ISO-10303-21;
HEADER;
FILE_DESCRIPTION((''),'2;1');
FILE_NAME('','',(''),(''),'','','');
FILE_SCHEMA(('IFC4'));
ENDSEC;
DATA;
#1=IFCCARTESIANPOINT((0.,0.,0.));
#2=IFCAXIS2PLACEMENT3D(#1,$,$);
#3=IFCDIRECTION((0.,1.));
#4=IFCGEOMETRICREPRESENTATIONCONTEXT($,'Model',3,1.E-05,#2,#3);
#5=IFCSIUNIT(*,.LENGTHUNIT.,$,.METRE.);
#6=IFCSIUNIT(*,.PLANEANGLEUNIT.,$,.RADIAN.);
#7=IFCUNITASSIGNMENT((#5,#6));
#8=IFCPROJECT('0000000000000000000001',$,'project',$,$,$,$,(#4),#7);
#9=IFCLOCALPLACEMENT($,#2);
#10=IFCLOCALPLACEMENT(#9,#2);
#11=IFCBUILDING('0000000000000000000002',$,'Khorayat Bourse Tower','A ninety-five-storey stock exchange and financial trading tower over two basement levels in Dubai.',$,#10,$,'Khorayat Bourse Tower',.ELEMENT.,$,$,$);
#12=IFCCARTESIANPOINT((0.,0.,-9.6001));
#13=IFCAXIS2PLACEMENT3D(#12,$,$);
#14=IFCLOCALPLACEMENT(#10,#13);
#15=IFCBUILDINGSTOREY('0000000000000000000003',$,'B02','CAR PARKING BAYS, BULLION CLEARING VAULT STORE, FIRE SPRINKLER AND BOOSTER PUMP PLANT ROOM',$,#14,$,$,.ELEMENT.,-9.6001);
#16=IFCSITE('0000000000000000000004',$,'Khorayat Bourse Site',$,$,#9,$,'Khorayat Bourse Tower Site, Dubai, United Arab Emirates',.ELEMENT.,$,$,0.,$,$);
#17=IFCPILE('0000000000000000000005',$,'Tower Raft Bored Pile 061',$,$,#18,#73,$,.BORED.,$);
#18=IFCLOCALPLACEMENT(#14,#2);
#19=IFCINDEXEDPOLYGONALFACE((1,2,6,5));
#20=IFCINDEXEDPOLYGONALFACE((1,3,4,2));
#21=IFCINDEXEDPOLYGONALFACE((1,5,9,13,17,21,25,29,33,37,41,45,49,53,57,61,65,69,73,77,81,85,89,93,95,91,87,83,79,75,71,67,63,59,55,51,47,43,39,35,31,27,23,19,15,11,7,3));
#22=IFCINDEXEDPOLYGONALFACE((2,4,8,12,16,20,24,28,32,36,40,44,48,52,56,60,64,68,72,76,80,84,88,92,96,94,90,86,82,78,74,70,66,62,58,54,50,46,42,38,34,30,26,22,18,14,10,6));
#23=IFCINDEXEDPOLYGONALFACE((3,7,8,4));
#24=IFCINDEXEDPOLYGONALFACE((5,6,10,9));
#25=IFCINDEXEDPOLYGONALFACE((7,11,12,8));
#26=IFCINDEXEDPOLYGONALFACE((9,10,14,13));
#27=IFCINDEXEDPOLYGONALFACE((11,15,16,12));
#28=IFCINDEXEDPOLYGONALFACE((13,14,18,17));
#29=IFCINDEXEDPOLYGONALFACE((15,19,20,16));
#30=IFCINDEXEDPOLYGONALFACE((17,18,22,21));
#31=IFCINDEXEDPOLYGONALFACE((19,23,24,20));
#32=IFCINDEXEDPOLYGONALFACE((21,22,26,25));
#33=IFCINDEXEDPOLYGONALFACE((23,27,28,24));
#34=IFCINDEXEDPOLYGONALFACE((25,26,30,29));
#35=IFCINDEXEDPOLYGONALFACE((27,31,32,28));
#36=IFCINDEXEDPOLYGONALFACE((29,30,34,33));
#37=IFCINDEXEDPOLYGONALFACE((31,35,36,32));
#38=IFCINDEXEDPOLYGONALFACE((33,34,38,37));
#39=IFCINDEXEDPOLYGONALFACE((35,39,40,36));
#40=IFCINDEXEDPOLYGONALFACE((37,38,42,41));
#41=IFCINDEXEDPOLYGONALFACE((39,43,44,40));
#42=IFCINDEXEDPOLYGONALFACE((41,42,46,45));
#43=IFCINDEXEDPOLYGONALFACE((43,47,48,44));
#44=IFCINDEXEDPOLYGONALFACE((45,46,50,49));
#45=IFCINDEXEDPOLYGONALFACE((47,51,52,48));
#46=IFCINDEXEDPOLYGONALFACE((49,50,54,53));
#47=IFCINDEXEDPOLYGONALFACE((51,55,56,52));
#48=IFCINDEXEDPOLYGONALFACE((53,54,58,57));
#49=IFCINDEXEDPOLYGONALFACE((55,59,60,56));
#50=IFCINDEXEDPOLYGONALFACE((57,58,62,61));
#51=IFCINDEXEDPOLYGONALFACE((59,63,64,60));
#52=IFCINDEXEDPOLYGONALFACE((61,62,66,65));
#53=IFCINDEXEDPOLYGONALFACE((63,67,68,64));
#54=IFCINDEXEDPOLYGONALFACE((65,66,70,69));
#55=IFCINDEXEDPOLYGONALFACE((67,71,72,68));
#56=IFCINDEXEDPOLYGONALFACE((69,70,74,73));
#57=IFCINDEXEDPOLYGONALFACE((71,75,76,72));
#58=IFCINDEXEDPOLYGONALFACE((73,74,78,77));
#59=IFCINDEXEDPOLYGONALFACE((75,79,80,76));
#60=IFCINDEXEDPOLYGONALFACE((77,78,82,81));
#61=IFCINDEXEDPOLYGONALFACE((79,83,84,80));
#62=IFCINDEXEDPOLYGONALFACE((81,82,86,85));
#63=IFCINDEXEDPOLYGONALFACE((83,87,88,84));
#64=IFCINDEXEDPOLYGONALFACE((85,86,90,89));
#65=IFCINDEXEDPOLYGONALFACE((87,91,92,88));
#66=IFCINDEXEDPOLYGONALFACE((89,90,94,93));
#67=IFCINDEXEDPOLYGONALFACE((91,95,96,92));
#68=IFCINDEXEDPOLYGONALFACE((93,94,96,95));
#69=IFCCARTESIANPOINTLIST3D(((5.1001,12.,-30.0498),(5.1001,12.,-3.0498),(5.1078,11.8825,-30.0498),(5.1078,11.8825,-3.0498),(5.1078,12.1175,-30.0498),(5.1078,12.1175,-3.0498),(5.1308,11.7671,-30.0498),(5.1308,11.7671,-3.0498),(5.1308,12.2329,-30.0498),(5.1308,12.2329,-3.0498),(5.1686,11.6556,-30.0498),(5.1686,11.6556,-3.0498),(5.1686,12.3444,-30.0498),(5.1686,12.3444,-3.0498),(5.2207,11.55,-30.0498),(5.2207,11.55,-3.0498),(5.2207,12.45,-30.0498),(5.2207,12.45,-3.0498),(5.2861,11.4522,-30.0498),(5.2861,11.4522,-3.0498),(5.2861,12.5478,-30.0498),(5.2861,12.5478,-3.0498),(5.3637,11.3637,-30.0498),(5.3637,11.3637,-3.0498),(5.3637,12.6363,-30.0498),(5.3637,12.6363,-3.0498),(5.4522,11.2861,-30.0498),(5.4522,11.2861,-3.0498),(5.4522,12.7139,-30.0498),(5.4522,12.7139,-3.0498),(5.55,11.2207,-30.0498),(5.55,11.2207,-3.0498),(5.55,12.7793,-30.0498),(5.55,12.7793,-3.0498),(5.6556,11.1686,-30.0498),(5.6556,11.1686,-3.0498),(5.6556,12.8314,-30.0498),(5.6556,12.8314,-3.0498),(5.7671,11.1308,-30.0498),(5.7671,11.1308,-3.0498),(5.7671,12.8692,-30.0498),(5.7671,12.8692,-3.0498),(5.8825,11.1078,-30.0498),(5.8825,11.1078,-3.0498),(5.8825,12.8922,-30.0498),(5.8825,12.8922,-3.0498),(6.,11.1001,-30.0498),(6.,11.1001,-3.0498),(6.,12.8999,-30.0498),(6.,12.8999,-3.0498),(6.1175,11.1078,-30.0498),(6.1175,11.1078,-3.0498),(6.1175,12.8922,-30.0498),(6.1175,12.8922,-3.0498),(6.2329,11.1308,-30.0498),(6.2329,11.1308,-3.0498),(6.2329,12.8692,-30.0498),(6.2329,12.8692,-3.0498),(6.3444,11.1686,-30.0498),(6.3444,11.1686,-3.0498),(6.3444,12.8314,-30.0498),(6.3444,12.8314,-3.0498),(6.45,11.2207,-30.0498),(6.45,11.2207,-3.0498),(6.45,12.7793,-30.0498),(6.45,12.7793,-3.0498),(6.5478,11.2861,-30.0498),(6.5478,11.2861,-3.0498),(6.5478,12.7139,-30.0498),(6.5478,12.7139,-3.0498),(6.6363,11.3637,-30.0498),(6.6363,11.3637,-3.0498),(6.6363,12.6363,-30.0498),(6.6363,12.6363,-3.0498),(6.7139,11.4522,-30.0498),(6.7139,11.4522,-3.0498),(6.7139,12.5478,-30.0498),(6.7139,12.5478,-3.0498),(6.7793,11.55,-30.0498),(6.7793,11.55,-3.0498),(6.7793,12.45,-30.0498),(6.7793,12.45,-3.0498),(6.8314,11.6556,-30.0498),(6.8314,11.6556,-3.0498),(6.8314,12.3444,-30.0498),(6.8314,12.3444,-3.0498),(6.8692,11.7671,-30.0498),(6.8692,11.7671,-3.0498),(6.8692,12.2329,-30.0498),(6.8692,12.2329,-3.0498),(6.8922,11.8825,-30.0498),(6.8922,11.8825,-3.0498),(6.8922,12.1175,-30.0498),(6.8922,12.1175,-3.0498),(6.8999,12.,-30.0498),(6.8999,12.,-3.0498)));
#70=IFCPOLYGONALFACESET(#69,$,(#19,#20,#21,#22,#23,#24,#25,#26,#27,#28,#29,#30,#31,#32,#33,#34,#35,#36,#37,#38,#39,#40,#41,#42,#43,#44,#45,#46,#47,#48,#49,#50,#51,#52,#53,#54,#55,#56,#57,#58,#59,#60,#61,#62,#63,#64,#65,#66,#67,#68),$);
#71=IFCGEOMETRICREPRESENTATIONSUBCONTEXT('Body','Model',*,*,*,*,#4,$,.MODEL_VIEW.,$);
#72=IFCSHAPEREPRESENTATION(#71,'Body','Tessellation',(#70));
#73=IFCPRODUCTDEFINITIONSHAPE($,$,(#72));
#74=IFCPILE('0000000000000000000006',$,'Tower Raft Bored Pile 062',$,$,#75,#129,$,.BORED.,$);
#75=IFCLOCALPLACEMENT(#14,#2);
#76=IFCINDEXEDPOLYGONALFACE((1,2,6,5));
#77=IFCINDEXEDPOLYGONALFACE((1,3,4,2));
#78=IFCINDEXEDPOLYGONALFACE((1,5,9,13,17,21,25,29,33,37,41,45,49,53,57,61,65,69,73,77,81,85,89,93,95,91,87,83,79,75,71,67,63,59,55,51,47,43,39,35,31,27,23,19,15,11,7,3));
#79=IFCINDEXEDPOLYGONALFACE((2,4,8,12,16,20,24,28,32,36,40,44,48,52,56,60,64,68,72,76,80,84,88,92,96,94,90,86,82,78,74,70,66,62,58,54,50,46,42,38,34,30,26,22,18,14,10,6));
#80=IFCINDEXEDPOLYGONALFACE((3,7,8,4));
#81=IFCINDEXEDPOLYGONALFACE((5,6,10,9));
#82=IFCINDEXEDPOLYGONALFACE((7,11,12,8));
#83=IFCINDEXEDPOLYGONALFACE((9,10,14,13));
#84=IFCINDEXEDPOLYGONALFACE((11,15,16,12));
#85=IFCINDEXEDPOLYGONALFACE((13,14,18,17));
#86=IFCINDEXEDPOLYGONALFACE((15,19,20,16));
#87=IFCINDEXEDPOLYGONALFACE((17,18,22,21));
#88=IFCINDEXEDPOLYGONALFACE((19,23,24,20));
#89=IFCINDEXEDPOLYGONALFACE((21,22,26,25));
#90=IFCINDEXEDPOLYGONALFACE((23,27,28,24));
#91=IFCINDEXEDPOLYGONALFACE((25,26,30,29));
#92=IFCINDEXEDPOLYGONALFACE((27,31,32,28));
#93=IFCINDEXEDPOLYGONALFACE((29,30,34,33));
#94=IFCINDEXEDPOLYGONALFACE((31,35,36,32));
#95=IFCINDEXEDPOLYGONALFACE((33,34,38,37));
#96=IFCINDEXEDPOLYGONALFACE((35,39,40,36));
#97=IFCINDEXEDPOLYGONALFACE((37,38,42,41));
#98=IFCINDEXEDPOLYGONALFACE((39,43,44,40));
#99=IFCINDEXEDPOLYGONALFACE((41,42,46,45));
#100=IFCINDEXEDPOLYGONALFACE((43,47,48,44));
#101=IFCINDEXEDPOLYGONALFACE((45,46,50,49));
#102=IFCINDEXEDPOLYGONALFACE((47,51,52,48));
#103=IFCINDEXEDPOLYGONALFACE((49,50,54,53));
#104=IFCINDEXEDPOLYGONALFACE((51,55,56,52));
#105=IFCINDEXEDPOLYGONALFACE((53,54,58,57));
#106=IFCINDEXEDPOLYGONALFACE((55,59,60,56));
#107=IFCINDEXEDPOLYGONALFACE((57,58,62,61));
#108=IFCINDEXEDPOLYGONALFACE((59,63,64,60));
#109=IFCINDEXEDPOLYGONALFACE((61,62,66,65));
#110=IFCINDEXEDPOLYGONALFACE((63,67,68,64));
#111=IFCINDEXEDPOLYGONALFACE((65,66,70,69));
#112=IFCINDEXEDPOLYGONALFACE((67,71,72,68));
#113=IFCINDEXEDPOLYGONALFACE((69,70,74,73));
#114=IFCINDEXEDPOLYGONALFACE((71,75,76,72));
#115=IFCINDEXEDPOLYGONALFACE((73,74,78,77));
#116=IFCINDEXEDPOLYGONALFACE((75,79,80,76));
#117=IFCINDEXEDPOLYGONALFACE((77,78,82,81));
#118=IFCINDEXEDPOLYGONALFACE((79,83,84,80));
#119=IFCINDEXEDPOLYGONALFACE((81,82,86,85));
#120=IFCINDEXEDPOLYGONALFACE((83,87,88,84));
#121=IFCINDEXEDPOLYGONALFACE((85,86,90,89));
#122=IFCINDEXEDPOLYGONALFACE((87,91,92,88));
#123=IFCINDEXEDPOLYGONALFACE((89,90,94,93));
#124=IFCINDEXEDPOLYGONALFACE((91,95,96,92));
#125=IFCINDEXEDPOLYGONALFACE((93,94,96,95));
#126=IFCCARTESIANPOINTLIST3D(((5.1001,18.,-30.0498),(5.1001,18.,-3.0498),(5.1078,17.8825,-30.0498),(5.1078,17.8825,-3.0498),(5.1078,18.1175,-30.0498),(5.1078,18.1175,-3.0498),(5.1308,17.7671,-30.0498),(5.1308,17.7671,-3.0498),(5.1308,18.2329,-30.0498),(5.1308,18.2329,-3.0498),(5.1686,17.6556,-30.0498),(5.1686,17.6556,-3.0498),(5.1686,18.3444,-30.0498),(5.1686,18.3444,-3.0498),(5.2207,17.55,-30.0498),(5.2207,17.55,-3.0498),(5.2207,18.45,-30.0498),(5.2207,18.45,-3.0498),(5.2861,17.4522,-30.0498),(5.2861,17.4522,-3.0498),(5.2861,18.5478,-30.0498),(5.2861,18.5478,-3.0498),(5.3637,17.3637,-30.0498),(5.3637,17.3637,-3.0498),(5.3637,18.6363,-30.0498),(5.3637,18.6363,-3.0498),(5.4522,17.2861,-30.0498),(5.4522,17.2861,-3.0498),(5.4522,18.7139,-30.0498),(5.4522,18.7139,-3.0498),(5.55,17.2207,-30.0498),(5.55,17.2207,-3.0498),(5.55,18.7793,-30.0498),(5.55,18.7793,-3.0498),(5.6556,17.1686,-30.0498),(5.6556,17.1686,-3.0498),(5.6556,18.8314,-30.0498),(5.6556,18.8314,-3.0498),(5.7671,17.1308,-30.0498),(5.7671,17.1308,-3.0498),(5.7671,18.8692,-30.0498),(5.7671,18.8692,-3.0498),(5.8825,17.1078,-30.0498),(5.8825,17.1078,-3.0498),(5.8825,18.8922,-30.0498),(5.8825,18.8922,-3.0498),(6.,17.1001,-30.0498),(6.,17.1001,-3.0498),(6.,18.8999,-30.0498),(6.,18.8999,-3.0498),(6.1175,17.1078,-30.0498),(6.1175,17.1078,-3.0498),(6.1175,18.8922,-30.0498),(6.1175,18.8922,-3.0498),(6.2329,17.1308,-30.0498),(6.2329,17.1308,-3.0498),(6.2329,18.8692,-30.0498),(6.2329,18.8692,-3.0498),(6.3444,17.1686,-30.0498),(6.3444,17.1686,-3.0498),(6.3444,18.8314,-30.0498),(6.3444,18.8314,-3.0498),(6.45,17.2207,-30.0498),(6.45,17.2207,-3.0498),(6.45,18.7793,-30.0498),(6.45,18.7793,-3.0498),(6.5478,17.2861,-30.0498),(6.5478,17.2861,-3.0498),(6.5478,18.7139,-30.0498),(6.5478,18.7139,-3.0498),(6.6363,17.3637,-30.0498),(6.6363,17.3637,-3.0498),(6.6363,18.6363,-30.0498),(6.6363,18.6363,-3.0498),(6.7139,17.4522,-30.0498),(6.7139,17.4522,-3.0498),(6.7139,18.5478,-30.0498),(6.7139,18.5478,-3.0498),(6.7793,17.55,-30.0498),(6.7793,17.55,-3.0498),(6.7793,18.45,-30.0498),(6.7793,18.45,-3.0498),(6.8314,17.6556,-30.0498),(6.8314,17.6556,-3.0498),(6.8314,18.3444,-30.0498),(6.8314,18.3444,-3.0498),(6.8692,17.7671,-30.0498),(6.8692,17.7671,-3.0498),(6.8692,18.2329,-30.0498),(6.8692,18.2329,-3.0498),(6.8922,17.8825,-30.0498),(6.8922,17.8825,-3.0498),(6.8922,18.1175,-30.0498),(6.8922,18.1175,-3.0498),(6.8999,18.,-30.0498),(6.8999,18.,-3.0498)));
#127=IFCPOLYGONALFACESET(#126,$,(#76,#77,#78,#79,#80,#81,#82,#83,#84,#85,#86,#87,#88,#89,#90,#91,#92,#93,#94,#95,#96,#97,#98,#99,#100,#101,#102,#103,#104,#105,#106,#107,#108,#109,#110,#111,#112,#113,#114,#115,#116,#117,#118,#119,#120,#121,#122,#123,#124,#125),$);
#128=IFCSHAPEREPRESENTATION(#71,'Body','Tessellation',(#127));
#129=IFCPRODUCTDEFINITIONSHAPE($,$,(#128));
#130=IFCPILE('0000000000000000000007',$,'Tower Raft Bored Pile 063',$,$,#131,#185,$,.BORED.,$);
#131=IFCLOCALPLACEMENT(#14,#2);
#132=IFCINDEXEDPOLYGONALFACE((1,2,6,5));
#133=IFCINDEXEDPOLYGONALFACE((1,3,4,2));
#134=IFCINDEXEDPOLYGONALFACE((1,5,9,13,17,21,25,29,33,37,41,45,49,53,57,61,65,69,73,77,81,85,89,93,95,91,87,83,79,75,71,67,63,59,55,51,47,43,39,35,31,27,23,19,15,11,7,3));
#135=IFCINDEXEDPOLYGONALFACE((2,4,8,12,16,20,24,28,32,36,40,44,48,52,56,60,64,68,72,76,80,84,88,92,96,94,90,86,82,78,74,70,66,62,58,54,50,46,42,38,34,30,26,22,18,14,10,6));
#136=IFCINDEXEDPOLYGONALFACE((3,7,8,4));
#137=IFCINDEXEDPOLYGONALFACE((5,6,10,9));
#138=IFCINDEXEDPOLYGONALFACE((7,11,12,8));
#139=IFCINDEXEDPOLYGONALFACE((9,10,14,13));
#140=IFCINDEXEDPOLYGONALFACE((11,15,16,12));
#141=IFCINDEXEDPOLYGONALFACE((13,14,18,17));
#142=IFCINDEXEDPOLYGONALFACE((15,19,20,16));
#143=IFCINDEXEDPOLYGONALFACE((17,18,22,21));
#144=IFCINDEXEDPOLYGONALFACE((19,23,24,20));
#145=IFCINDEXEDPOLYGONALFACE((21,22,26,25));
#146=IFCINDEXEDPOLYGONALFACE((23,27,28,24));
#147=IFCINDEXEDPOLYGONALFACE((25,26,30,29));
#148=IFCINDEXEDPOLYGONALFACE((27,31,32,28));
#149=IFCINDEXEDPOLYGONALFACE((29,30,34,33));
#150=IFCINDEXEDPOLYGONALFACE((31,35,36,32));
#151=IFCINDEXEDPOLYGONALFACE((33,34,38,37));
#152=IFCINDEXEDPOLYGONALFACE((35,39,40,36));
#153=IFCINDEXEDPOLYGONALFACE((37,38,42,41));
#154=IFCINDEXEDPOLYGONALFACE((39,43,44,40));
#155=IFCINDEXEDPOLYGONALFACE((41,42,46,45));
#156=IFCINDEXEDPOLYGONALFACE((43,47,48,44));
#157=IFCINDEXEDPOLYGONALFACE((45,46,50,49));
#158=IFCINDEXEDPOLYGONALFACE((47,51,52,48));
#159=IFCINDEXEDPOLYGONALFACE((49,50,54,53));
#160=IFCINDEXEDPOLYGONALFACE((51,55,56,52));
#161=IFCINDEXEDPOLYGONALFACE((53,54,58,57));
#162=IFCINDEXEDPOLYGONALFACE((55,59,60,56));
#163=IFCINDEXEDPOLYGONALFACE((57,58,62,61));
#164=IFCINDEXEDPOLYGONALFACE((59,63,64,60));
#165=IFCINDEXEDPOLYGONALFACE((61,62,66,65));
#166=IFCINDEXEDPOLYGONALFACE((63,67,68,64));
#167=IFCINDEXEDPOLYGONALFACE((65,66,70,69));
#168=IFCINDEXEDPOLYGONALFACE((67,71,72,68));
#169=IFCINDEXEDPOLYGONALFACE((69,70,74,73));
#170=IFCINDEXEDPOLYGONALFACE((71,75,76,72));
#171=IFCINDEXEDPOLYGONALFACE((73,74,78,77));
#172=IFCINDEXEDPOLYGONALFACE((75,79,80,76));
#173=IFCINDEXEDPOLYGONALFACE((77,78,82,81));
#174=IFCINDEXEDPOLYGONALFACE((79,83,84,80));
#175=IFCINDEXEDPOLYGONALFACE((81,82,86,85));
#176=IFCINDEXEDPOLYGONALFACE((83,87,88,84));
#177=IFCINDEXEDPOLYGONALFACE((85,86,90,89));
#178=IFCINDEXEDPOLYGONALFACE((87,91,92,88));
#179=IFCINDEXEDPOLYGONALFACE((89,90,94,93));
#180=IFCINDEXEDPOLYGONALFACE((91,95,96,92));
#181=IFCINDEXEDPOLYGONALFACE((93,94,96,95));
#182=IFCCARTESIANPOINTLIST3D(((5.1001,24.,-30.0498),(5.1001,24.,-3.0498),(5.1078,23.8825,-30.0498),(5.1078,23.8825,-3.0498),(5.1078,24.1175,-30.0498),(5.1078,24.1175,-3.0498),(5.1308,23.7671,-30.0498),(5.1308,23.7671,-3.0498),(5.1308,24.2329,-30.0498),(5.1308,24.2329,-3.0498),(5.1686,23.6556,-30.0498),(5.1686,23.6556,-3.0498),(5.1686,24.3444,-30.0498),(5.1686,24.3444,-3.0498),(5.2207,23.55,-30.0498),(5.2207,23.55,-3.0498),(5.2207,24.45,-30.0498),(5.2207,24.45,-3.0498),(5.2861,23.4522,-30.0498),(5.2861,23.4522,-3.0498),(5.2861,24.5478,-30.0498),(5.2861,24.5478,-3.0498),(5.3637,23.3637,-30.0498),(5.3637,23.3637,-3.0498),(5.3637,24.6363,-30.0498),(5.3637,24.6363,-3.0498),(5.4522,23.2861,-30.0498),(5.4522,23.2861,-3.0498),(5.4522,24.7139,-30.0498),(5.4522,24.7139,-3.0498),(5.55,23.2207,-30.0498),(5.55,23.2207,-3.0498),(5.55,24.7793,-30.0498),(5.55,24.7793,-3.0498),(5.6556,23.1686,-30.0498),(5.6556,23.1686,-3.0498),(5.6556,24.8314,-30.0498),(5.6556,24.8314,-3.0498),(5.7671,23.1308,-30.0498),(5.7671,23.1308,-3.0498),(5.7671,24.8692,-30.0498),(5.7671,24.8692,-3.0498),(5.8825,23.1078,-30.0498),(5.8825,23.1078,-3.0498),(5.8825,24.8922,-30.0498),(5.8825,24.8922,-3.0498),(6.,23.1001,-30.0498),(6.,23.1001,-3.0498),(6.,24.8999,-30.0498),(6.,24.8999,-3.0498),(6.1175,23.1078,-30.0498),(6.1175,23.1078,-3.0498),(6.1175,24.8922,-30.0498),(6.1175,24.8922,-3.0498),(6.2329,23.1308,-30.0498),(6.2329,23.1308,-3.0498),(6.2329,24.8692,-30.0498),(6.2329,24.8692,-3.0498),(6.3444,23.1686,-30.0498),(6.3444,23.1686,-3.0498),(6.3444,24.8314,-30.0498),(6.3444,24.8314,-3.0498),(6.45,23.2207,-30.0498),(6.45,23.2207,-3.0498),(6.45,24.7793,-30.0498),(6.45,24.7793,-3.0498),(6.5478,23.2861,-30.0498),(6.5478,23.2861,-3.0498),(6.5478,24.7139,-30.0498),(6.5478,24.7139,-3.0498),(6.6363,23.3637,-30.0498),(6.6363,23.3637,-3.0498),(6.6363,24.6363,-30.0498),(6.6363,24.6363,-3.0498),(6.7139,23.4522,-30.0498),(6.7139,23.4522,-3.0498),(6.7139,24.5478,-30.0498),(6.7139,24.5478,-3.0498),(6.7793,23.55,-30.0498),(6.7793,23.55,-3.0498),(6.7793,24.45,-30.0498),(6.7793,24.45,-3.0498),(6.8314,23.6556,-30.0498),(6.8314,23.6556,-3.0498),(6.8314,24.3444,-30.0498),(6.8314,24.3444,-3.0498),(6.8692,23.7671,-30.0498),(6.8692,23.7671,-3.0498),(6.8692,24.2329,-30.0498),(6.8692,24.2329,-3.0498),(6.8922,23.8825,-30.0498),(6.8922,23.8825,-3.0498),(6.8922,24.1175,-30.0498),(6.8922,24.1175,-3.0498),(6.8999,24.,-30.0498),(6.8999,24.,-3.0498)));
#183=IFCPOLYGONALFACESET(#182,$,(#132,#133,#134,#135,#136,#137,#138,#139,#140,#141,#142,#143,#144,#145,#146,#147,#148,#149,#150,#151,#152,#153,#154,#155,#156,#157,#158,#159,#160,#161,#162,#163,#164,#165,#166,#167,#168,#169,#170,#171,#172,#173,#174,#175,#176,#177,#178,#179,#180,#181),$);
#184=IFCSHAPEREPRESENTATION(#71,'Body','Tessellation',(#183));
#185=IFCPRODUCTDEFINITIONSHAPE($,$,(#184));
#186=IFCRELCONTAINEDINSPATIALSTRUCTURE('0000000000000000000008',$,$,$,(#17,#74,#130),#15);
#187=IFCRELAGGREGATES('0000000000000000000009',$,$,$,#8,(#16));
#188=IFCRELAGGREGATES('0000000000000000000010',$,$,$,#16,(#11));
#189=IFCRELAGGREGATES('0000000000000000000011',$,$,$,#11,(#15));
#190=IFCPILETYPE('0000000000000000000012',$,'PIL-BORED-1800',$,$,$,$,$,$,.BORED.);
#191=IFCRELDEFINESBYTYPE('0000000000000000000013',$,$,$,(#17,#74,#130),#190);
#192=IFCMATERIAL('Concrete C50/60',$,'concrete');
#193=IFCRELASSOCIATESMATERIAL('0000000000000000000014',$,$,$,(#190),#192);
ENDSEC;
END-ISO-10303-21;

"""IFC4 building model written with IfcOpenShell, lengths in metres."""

from ifc_helpers import new_model, si_unit, direction, frame, origin, origin_2d, place, context, subcontext, project, spatial, circle, extrude, source, transform, mapped, material, material_profile, profile_set, type_object, element, save


model = new_model("IFC4")

# Units and contexts
model_context = context("Model", 3, precision=1e-05, world=origin(), true_north=direction((0.0, 1.0)))
body_context = subcontext(model_context, "Body", "Model", "MODEL_VIEW")
ifc_project = project(units=[si_unit("LENGTHUNIT", "METRE"), si_unit("PLANEANGLEUNIT", "RADIAN")], contexts=[model_context])

# Site, building, storey
site_placement = place(None, origin())
site = spatial("IfcSite", under=ifc_project, at=site_placement, Name="Khorayat Bourse Site", LongName="Khorayat Bourse Tower Site, Dubai, United Arab Emirates", CompositionType="ELEMENT", RefElevation=0.0)
building_placement = place(site_placement, origin())
building = spatial("IfcBuilding", under=site, at=building_placement, Name="Khorayat Bourse Tower", Description="A ninety-five-storey stock exchange and financial trading tower over two basement levels in Dubai.", LongName="Khorayat Bourse Tower", CompositionType="ELEMENT")
storey_placement = place(building_placement, frame((0.0, 0.0, -9.6001)))
storey = spatial("IfcBuildingStorey", under=building, at=storey_placement, Name="B02", Description="CAR PARKING BAYS, BULLION CLEARING VAULT STORE, FIRE SPRINKLER AND BOOSTER PUMP PLANT ROOM", CompositionType="ELEMENT", Elevation=-9.6001)

# Piles
ifc_material_1 = material(Name="Concrete C50/60", Category="concrete")
ifc_material_profile_1 = material_profile(ifc_material_1, circle(Radius=0.8999, at=origin_2d()), Name="BORED PILE D1800")
ifc_profile_set_1 = profile_set([ifc_material_profile_1], Name="Concrete C50/60")
pile_type_1 = type_object("IfcPileType", Name="PIL-BORED-1800", PredefinedType="BORED", material=ifc_profile_set_1)
shared_shape_1 = source(origin(), body_context, "Body", "SweptSolid", [
    extrude(circle(Radius=0.8999, at=origin_2d()), origin(), (0.0, 0.0, 1.0), 27.0),
])
for number, where, z_axis, x_axis, name in (
    (1, (6.0, 12.0, -3.0498), (0.0, 0.0, -1.0), (1.0, 0.0, 0.0), "Tower Raft Bored Pile 061"),
    (2, (6.0, 18.0, -3.0498), (0.0, 0.0, -1.0), (1.0, 0.0, 0.0), "Tower Raft Bored Pile 062"),
    (3, (6.0, 24.0, -3.0498), (0.0, 0.0, -1.0), (1.0, 0.0, 0.0), "Tower Raft Bored Pile 063"),
):
    element("IfcPile", number, at=place(storey_placement, frame(where, z_axis=z_axis, x_axis=x_axis)), inside=storey, type_object=pile_type_1, Name=name, PredefinedType="BORED", context=body_context, shape_type="MappedRepresentation", body=[
        mapped(shared_shape_1, transform((0.0, 0.0, 0.0), scale=1.0)),
    ])

save(model, "model.ifc")
